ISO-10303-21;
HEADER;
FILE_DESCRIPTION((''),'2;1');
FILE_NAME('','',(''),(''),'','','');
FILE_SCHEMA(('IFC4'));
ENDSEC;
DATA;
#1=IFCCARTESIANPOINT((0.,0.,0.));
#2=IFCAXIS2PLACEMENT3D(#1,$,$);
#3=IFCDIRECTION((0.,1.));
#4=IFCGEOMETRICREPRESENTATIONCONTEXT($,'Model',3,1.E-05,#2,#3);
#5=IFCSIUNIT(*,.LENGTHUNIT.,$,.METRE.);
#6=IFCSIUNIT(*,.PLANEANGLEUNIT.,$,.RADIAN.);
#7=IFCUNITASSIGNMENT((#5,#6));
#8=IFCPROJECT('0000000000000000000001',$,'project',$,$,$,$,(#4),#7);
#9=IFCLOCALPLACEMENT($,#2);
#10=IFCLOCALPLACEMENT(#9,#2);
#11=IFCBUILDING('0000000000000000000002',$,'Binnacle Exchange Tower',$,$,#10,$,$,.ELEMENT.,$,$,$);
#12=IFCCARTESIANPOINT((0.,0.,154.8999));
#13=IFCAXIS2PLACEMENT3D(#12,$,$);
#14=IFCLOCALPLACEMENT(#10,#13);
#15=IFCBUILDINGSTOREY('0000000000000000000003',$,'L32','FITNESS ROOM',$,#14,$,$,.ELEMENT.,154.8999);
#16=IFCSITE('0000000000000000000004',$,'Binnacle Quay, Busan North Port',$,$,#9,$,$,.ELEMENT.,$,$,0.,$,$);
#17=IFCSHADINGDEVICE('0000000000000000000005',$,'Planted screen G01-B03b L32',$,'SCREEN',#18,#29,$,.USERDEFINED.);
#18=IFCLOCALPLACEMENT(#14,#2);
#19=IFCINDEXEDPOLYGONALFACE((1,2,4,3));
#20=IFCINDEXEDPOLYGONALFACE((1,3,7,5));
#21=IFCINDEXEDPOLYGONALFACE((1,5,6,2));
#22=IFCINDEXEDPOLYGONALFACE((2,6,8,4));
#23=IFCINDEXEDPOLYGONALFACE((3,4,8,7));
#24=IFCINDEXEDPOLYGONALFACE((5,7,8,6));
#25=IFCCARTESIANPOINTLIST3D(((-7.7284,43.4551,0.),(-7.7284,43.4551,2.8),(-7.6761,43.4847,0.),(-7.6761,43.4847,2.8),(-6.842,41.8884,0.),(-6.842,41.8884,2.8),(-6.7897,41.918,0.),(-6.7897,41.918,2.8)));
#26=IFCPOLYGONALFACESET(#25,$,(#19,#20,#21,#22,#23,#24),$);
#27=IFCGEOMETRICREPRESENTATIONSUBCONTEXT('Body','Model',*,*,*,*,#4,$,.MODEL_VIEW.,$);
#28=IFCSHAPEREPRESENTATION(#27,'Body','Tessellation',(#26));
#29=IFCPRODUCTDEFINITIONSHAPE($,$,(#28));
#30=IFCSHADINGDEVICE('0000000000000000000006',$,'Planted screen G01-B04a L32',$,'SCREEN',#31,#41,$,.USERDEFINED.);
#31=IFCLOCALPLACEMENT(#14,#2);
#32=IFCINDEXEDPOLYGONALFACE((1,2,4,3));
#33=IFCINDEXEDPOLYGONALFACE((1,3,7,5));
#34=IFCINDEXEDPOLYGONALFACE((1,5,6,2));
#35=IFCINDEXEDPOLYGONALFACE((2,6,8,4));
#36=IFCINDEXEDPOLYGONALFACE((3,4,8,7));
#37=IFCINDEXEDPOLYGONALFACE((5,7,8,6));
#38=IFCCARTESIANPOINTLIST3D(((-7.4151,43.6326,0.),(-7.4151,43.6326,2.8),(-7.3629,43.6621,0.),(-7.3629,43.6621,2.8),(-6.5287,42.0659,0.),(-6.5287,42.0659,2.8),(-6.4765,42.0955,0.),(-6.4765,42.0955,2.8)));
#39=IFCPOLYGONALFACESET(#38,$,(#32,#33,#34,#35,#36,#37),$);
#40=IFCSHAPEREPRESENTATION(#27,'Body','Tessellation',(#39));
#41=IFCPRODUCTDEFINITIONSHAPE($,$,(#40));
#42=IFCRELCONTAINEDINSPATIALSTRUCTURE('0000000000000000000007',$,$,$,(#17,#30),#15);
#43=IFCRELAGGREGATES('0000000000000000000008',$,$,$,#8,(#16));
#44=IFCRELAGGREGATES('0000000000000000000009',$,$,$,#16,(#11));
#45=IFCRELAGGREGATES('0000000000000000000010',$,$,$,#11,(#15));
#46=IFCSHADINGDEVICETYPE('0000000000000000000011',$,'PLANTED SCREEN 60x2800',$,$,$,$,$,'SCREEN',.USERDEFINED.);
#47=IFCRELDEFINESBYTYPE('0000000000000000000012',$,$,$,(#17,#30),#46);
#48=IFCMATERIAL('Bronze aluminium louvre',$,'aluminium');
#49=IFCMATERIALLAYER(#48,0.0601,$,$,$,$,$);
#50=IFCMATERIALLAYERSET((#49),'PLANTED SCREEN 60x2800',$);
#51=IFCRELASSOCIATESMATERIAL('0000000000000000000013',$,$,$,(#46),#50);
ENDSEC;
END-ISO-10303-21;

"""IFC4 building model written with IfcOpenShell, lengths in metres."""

from ifc_helpers import new_model, si_unit, direction, frame, origin, origin_2d, place, context, subcontext, project, spatial, rectangle, extrude, material, layer, layer_set, type_object, element, save


model = new_model("IFC4")

# Units and contexts
model_context = context("Model", 3, precision=1e-05, world=origin(), true_north=direction((0.0, 1.0)))
body_context = subcontext(model_context, "Body", "Model", "MODEL_VIEW")
ifc_project = project(units=[si_unit("LENGTHUNIT", "METRE"), si_unit("PLANEANGLEUNIT", "RADIAN")], contexts=[model_context])

# Site, building, storey
site_placement = place(None, origin())
site = spatial("IfcSite", under=ifc_project, at=site_placement, Name="Binnacle Quay, Busan North Port", CompositionType="ELEMENT", RefElevation=0.0)
building_placement = place(site_placement, origin())
building = spatial("IfcBuilding", under=site, at=building_placement, Name="Binnacle Exchange Tower", CompositionType="ELEMENT")
storey_placement = place(building_placement, frame((0.0, 0.0, 154.8999)))
storey = spatial("IfcBuildingStorey", under=building, at=storey_placement, Name="L32", Description="FITNESS ROOM", CompositionType="ELEMENT", Elevation=154.8999)

# Shading devices
ifc_material_1 = material(Name="Bronze aluminium louvre", Category="aluminium")
ifc_layer_1 = layer(ifc_material_1, 0.0601)
ifc_layer_set_1 = layer_set([ifc_layer_1], Name="PLANTED SCREEN 60x2800")
shading_device_type = type_object("IfcShadingDeviceType", Name="PLANTED SCREEN 60x2800", ElementType="SCREEN", PredefinedType="USERDEFINED", material=ifc_layer_set_1)
for number, where, z_axis, x_axis, name in (
    (1, (-7.259, 42.6865, 0.0), (0.0, 0.0, 1.0), (0.870356, 0.492424, 0.0), "Planted screen G01-B03b L32"),
    (2, (-6.9458, 42.864, 0.0), (0.0, 0.0, 1.0), (0.870356, 0.492424, 0.0), "Planted screen G01-B04a L32"),
):
    element("IfcShadingDevice", number, at=place(storey_placement, frame(where, z_axis=z_axis, x_axis=x_axis)), inside=storey, type_object=shading_device_type, Name=name, ObjectType="SCREEN", PredefinedType="USERDEFINED", context=body_context, shape_type="SweptSolid", body=[
        extrude(rectangle(XDim=0.0601, YDim=1.8, at=origin_2d()), origin(), (0.0, 0.0, 1.0), 2.8),
    ])

save(model, "model.ifc")
